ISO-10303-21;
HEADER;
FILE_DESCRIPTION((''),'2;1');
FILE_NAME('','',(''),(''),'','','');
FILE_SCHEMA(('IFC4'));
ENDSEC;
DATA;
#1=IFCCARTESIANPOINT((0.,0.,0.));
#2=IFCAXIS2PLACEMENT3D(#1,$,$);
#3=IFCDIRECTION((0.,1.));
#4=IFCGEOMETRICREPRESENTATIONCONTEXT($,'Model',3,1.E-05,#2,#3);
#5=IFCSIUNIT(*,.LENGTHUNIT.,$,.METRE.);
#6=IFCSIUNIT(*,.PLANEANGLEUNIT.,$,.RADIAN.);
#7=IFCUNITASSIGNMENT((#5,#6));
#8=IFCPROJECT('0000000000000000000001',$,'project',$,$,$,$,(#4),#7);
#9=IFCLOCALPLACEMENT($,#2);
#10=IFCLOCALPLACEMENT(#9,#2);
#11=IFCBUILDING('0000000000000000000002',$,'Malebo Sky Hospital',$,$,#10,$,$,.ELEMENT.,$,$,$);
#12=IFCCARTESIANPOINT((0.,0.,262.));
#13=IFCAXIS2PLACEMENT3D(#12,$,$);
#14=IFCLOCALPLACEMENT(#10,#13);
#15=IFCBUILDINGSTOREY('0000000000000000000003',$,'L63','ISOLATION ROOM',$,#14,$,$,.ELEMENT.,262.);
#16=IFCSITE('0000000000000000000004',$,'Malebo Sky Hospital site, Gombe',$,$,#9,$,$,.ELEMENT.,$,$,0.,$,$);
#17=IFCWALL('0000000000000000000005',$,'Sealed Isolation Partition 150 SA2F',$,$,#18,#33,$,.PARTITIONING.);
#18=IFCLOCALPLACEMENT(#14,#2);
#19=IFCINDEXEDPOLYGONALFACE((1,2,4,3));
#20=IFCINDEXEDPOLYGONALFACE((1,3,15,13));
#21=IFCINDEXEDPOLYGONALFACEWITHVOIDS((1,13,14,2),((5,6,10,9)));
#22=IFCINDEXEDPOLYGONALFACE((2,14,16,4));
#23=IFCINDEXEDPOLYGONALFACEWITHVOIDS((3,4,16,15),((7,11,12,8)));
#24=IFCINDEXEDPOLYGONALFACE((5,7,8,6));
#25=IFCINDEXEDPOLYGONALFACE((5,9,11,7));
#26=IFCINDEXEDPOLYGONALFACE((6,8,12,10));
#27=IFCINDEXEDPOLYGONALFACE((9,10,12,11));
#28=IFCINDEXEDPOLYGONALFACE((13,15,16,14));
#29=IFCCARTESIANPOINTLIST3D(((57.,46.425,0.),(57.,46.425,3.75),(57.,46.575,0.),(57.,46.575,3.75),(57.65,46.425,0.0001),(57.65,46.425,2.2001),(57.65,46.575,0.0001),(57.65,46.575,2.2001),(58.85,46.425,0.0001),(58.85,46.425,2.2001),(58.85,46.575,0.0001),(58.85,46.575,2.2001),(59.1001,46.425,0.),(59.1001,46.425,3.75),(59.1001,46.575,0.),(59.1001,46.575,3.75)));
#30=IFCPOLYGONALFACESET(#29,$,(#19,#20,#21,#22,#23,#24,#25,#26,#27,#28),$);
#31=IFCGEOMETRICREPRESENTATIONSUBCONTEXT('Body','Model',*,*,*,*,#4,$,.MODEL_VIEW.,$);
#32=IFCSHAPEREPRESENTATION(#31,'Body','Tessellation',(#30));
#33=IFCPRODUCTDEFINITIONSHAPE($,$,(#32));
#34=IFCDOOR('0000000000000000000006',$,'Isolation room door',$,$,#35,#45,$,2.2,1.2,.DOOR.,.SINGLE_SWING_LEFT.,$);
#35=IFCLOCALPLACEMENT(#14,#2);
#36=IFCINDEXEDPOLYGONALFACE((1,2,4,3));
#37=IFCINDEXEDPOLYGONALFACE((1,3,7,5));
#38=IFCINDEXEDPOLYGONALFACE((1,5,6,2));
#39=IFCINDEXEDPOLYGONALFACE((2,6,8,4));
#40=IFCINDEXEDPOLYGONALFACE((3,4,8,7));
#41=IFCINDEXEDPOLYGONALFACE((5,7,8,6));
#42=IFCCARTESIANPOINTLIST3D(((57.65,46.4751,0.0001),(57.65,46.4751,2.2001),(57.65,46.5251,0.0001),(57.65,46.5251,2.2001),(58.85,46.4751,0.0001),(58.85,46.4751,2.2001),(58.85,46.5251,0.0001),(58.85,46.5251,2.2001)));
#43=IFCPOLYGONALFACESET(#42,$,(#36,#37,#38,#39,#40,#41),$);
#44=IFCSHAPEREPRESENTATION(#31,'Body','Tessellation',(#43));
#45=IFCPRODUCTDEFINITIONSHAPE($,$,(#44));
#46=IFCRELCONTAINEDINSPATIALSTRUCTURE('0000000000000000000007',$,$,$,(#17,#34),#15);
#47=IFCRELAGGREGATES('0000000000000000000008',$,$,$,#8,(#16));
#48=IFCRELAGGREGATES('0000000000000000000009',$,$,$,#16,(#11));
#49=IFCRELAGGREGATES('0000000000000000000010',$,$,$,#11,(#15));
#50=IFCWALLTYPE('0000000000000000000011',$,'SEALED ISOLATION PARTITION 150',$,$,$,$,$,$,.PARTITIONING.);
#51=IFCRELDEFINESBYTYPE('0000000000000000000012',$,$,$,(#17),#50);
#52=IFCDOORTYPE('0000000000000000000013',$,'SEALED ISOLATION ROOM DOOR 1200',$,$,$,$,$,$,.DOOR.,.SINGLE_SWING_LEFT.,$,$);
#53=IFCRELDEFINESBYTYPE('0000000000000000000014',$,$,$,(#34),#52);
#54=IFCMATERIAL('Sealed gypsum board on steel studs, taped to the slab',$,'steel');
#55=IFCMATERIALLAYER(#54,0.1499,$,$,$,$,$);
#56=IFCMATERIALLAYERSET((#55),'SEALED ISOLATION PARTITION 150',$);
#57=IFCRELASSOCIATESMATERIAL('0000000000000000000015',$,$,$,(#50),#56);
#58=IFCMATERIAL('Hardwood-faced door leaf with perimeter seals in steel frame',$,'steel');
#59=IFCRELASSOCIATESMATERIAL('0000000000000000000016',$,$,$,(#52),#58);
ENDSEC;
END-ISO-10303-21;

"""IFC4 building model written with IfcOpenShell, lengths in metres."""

from ifc_helpers import new_model, si_unit, direction, frame, frame_2d, origin, place, context, subcontext, project, spatial, rectangle, extrude, material, layer, layer_set, type_object, element, fill, save


model = new_model("IFC4")

# Units and contexts
model_context = context("Model", 3, precision=1e-05, world=origin(), true_north=direction((0.0, 1.0)))
body_context = subcontext(model_context, "Body", "Model", "MODEL_VIEW")
ifc_project = project(units=[si_unit("LENGTHUNIT", "METRE"), si_unit("PLANEANGLEUNIT", "RADIAN")], contexts=[model_context])

# Site, building, storey
site_placement = place(None, origin())
site = spatial("IfcSite", under=ifc_project, at=site_placement, Name="Malebo Sky Hospital site, Gombe", CompositionType="ELEMENT", RefElevation=0.0)
building_placement = place(site_placement, origin())
building = spatial("IfcBuilding", under=site, at=building_placement, Name="Malebo Sky Hospital", CompositionType="ELEMENT")
storey_placement = place(building_placement, frame((0.0, 0.0, 262.0)))
storey = spatial("IfcBuildingStorey", under=building, at=storey_placement, Name="L63", Description="ISOLATION ROOM", CompositionType="ELEMENT", Elevation=262.0)

# Wall, opening, door
ifc_material_1 = material(Name="Sealed gypsum board on steel studs, taped to the slab", Category="steel")
ifc_layer_1 = layer(ifc_material_1, 0.1499)
ifc_layer_set_1 = layer_set([ifc_layer_1], Name="SEALED ISOLATION PARTITION 150")
wall_type_1 = type_object("IfcWallType", Name="SEALED ISOLATION PARTITION 150", PredefinedType="PARTITIONING", material=ifc_layer_set_1)
ifc_material_2 = material(Name="Hardwood-faced door leaf with perimeter seals in steel frame", Category="steel")
door_type_1 = type_object("IfcDoorType", Name="SEALED ISOLATION ROOM DOOR 1200", OperationType="SINGLE_SWING_LEFT", PredefinedType="DOOR", material=ifc_material_2)
wall_1_placement = place(storey_placement, frame((59.1001, 46.5, 0.0), z_axis=(0.0, 0.0, 1.0), x_axis=(-1.0, 0.0, 0.0)))
wall_1 = element("IfcWall", 1, at=wall_1_placement, inside=storey, type_object=wall_type_1, Name="Sealed Isolation Partition 150 SA2F", PredefinedType="PARTITIONING", context=body_context, shape_type="SweptSolid", body=[
    extrude(rectangle(XDim=2.1001, YDim=0.1499, at=frame_2d((1.05, 0.0))), origin(), (0.0, 0.0, 1.0), 3.75),
])
opening_1_placement = place(wall_1_placement, frame((0.25, 0.0, 0.0)))
opening_1 = element("IfcOpeningElement", 2, at=opening_1_placement, cuts=wall_1, PredefinedType="OPENING", context=body_context, shape_type="SweptSolid", body=[
    extrude(rectangle(XDim=1.2, YDim=2.2, at=frame_2d((0.6001, 1.1001))), frame((0.0, 0.085, 0.0), z_axis=(0.0, -1.0, 0.0), x_axis=(1.0, 0.0, 0.0)), (0.0, 0.0, 1.0), 0.1699),
])
door_1_placement = place(opening_1_placement, origin())
door_1 = element("IfcDoor", 3, at=door_1_placement, inside=storey, type_object=door_type_1, Name="Isolation room door", OperationType="SINGLE_SWING_LEFT", OverallHeight=2.2, OverallWidth=1.2, PredefinedType="DOOR", context=body_context, shape_type="SweptSolid", body=[
    extrude(rectangle(XDim=1.2, YDim=2.2, at=frame_2d((0.6001, 1.1001))), frame((0.0, 0.0249, 0.0), z_axis=(0.0, -1.0, 0.0), x_axis=(1.0, 0.0, 0.0)), (0.0, 0.0, 1.0), 0.05),
])
fill(opening_1, door_1)

save(model, "model.ifc")
